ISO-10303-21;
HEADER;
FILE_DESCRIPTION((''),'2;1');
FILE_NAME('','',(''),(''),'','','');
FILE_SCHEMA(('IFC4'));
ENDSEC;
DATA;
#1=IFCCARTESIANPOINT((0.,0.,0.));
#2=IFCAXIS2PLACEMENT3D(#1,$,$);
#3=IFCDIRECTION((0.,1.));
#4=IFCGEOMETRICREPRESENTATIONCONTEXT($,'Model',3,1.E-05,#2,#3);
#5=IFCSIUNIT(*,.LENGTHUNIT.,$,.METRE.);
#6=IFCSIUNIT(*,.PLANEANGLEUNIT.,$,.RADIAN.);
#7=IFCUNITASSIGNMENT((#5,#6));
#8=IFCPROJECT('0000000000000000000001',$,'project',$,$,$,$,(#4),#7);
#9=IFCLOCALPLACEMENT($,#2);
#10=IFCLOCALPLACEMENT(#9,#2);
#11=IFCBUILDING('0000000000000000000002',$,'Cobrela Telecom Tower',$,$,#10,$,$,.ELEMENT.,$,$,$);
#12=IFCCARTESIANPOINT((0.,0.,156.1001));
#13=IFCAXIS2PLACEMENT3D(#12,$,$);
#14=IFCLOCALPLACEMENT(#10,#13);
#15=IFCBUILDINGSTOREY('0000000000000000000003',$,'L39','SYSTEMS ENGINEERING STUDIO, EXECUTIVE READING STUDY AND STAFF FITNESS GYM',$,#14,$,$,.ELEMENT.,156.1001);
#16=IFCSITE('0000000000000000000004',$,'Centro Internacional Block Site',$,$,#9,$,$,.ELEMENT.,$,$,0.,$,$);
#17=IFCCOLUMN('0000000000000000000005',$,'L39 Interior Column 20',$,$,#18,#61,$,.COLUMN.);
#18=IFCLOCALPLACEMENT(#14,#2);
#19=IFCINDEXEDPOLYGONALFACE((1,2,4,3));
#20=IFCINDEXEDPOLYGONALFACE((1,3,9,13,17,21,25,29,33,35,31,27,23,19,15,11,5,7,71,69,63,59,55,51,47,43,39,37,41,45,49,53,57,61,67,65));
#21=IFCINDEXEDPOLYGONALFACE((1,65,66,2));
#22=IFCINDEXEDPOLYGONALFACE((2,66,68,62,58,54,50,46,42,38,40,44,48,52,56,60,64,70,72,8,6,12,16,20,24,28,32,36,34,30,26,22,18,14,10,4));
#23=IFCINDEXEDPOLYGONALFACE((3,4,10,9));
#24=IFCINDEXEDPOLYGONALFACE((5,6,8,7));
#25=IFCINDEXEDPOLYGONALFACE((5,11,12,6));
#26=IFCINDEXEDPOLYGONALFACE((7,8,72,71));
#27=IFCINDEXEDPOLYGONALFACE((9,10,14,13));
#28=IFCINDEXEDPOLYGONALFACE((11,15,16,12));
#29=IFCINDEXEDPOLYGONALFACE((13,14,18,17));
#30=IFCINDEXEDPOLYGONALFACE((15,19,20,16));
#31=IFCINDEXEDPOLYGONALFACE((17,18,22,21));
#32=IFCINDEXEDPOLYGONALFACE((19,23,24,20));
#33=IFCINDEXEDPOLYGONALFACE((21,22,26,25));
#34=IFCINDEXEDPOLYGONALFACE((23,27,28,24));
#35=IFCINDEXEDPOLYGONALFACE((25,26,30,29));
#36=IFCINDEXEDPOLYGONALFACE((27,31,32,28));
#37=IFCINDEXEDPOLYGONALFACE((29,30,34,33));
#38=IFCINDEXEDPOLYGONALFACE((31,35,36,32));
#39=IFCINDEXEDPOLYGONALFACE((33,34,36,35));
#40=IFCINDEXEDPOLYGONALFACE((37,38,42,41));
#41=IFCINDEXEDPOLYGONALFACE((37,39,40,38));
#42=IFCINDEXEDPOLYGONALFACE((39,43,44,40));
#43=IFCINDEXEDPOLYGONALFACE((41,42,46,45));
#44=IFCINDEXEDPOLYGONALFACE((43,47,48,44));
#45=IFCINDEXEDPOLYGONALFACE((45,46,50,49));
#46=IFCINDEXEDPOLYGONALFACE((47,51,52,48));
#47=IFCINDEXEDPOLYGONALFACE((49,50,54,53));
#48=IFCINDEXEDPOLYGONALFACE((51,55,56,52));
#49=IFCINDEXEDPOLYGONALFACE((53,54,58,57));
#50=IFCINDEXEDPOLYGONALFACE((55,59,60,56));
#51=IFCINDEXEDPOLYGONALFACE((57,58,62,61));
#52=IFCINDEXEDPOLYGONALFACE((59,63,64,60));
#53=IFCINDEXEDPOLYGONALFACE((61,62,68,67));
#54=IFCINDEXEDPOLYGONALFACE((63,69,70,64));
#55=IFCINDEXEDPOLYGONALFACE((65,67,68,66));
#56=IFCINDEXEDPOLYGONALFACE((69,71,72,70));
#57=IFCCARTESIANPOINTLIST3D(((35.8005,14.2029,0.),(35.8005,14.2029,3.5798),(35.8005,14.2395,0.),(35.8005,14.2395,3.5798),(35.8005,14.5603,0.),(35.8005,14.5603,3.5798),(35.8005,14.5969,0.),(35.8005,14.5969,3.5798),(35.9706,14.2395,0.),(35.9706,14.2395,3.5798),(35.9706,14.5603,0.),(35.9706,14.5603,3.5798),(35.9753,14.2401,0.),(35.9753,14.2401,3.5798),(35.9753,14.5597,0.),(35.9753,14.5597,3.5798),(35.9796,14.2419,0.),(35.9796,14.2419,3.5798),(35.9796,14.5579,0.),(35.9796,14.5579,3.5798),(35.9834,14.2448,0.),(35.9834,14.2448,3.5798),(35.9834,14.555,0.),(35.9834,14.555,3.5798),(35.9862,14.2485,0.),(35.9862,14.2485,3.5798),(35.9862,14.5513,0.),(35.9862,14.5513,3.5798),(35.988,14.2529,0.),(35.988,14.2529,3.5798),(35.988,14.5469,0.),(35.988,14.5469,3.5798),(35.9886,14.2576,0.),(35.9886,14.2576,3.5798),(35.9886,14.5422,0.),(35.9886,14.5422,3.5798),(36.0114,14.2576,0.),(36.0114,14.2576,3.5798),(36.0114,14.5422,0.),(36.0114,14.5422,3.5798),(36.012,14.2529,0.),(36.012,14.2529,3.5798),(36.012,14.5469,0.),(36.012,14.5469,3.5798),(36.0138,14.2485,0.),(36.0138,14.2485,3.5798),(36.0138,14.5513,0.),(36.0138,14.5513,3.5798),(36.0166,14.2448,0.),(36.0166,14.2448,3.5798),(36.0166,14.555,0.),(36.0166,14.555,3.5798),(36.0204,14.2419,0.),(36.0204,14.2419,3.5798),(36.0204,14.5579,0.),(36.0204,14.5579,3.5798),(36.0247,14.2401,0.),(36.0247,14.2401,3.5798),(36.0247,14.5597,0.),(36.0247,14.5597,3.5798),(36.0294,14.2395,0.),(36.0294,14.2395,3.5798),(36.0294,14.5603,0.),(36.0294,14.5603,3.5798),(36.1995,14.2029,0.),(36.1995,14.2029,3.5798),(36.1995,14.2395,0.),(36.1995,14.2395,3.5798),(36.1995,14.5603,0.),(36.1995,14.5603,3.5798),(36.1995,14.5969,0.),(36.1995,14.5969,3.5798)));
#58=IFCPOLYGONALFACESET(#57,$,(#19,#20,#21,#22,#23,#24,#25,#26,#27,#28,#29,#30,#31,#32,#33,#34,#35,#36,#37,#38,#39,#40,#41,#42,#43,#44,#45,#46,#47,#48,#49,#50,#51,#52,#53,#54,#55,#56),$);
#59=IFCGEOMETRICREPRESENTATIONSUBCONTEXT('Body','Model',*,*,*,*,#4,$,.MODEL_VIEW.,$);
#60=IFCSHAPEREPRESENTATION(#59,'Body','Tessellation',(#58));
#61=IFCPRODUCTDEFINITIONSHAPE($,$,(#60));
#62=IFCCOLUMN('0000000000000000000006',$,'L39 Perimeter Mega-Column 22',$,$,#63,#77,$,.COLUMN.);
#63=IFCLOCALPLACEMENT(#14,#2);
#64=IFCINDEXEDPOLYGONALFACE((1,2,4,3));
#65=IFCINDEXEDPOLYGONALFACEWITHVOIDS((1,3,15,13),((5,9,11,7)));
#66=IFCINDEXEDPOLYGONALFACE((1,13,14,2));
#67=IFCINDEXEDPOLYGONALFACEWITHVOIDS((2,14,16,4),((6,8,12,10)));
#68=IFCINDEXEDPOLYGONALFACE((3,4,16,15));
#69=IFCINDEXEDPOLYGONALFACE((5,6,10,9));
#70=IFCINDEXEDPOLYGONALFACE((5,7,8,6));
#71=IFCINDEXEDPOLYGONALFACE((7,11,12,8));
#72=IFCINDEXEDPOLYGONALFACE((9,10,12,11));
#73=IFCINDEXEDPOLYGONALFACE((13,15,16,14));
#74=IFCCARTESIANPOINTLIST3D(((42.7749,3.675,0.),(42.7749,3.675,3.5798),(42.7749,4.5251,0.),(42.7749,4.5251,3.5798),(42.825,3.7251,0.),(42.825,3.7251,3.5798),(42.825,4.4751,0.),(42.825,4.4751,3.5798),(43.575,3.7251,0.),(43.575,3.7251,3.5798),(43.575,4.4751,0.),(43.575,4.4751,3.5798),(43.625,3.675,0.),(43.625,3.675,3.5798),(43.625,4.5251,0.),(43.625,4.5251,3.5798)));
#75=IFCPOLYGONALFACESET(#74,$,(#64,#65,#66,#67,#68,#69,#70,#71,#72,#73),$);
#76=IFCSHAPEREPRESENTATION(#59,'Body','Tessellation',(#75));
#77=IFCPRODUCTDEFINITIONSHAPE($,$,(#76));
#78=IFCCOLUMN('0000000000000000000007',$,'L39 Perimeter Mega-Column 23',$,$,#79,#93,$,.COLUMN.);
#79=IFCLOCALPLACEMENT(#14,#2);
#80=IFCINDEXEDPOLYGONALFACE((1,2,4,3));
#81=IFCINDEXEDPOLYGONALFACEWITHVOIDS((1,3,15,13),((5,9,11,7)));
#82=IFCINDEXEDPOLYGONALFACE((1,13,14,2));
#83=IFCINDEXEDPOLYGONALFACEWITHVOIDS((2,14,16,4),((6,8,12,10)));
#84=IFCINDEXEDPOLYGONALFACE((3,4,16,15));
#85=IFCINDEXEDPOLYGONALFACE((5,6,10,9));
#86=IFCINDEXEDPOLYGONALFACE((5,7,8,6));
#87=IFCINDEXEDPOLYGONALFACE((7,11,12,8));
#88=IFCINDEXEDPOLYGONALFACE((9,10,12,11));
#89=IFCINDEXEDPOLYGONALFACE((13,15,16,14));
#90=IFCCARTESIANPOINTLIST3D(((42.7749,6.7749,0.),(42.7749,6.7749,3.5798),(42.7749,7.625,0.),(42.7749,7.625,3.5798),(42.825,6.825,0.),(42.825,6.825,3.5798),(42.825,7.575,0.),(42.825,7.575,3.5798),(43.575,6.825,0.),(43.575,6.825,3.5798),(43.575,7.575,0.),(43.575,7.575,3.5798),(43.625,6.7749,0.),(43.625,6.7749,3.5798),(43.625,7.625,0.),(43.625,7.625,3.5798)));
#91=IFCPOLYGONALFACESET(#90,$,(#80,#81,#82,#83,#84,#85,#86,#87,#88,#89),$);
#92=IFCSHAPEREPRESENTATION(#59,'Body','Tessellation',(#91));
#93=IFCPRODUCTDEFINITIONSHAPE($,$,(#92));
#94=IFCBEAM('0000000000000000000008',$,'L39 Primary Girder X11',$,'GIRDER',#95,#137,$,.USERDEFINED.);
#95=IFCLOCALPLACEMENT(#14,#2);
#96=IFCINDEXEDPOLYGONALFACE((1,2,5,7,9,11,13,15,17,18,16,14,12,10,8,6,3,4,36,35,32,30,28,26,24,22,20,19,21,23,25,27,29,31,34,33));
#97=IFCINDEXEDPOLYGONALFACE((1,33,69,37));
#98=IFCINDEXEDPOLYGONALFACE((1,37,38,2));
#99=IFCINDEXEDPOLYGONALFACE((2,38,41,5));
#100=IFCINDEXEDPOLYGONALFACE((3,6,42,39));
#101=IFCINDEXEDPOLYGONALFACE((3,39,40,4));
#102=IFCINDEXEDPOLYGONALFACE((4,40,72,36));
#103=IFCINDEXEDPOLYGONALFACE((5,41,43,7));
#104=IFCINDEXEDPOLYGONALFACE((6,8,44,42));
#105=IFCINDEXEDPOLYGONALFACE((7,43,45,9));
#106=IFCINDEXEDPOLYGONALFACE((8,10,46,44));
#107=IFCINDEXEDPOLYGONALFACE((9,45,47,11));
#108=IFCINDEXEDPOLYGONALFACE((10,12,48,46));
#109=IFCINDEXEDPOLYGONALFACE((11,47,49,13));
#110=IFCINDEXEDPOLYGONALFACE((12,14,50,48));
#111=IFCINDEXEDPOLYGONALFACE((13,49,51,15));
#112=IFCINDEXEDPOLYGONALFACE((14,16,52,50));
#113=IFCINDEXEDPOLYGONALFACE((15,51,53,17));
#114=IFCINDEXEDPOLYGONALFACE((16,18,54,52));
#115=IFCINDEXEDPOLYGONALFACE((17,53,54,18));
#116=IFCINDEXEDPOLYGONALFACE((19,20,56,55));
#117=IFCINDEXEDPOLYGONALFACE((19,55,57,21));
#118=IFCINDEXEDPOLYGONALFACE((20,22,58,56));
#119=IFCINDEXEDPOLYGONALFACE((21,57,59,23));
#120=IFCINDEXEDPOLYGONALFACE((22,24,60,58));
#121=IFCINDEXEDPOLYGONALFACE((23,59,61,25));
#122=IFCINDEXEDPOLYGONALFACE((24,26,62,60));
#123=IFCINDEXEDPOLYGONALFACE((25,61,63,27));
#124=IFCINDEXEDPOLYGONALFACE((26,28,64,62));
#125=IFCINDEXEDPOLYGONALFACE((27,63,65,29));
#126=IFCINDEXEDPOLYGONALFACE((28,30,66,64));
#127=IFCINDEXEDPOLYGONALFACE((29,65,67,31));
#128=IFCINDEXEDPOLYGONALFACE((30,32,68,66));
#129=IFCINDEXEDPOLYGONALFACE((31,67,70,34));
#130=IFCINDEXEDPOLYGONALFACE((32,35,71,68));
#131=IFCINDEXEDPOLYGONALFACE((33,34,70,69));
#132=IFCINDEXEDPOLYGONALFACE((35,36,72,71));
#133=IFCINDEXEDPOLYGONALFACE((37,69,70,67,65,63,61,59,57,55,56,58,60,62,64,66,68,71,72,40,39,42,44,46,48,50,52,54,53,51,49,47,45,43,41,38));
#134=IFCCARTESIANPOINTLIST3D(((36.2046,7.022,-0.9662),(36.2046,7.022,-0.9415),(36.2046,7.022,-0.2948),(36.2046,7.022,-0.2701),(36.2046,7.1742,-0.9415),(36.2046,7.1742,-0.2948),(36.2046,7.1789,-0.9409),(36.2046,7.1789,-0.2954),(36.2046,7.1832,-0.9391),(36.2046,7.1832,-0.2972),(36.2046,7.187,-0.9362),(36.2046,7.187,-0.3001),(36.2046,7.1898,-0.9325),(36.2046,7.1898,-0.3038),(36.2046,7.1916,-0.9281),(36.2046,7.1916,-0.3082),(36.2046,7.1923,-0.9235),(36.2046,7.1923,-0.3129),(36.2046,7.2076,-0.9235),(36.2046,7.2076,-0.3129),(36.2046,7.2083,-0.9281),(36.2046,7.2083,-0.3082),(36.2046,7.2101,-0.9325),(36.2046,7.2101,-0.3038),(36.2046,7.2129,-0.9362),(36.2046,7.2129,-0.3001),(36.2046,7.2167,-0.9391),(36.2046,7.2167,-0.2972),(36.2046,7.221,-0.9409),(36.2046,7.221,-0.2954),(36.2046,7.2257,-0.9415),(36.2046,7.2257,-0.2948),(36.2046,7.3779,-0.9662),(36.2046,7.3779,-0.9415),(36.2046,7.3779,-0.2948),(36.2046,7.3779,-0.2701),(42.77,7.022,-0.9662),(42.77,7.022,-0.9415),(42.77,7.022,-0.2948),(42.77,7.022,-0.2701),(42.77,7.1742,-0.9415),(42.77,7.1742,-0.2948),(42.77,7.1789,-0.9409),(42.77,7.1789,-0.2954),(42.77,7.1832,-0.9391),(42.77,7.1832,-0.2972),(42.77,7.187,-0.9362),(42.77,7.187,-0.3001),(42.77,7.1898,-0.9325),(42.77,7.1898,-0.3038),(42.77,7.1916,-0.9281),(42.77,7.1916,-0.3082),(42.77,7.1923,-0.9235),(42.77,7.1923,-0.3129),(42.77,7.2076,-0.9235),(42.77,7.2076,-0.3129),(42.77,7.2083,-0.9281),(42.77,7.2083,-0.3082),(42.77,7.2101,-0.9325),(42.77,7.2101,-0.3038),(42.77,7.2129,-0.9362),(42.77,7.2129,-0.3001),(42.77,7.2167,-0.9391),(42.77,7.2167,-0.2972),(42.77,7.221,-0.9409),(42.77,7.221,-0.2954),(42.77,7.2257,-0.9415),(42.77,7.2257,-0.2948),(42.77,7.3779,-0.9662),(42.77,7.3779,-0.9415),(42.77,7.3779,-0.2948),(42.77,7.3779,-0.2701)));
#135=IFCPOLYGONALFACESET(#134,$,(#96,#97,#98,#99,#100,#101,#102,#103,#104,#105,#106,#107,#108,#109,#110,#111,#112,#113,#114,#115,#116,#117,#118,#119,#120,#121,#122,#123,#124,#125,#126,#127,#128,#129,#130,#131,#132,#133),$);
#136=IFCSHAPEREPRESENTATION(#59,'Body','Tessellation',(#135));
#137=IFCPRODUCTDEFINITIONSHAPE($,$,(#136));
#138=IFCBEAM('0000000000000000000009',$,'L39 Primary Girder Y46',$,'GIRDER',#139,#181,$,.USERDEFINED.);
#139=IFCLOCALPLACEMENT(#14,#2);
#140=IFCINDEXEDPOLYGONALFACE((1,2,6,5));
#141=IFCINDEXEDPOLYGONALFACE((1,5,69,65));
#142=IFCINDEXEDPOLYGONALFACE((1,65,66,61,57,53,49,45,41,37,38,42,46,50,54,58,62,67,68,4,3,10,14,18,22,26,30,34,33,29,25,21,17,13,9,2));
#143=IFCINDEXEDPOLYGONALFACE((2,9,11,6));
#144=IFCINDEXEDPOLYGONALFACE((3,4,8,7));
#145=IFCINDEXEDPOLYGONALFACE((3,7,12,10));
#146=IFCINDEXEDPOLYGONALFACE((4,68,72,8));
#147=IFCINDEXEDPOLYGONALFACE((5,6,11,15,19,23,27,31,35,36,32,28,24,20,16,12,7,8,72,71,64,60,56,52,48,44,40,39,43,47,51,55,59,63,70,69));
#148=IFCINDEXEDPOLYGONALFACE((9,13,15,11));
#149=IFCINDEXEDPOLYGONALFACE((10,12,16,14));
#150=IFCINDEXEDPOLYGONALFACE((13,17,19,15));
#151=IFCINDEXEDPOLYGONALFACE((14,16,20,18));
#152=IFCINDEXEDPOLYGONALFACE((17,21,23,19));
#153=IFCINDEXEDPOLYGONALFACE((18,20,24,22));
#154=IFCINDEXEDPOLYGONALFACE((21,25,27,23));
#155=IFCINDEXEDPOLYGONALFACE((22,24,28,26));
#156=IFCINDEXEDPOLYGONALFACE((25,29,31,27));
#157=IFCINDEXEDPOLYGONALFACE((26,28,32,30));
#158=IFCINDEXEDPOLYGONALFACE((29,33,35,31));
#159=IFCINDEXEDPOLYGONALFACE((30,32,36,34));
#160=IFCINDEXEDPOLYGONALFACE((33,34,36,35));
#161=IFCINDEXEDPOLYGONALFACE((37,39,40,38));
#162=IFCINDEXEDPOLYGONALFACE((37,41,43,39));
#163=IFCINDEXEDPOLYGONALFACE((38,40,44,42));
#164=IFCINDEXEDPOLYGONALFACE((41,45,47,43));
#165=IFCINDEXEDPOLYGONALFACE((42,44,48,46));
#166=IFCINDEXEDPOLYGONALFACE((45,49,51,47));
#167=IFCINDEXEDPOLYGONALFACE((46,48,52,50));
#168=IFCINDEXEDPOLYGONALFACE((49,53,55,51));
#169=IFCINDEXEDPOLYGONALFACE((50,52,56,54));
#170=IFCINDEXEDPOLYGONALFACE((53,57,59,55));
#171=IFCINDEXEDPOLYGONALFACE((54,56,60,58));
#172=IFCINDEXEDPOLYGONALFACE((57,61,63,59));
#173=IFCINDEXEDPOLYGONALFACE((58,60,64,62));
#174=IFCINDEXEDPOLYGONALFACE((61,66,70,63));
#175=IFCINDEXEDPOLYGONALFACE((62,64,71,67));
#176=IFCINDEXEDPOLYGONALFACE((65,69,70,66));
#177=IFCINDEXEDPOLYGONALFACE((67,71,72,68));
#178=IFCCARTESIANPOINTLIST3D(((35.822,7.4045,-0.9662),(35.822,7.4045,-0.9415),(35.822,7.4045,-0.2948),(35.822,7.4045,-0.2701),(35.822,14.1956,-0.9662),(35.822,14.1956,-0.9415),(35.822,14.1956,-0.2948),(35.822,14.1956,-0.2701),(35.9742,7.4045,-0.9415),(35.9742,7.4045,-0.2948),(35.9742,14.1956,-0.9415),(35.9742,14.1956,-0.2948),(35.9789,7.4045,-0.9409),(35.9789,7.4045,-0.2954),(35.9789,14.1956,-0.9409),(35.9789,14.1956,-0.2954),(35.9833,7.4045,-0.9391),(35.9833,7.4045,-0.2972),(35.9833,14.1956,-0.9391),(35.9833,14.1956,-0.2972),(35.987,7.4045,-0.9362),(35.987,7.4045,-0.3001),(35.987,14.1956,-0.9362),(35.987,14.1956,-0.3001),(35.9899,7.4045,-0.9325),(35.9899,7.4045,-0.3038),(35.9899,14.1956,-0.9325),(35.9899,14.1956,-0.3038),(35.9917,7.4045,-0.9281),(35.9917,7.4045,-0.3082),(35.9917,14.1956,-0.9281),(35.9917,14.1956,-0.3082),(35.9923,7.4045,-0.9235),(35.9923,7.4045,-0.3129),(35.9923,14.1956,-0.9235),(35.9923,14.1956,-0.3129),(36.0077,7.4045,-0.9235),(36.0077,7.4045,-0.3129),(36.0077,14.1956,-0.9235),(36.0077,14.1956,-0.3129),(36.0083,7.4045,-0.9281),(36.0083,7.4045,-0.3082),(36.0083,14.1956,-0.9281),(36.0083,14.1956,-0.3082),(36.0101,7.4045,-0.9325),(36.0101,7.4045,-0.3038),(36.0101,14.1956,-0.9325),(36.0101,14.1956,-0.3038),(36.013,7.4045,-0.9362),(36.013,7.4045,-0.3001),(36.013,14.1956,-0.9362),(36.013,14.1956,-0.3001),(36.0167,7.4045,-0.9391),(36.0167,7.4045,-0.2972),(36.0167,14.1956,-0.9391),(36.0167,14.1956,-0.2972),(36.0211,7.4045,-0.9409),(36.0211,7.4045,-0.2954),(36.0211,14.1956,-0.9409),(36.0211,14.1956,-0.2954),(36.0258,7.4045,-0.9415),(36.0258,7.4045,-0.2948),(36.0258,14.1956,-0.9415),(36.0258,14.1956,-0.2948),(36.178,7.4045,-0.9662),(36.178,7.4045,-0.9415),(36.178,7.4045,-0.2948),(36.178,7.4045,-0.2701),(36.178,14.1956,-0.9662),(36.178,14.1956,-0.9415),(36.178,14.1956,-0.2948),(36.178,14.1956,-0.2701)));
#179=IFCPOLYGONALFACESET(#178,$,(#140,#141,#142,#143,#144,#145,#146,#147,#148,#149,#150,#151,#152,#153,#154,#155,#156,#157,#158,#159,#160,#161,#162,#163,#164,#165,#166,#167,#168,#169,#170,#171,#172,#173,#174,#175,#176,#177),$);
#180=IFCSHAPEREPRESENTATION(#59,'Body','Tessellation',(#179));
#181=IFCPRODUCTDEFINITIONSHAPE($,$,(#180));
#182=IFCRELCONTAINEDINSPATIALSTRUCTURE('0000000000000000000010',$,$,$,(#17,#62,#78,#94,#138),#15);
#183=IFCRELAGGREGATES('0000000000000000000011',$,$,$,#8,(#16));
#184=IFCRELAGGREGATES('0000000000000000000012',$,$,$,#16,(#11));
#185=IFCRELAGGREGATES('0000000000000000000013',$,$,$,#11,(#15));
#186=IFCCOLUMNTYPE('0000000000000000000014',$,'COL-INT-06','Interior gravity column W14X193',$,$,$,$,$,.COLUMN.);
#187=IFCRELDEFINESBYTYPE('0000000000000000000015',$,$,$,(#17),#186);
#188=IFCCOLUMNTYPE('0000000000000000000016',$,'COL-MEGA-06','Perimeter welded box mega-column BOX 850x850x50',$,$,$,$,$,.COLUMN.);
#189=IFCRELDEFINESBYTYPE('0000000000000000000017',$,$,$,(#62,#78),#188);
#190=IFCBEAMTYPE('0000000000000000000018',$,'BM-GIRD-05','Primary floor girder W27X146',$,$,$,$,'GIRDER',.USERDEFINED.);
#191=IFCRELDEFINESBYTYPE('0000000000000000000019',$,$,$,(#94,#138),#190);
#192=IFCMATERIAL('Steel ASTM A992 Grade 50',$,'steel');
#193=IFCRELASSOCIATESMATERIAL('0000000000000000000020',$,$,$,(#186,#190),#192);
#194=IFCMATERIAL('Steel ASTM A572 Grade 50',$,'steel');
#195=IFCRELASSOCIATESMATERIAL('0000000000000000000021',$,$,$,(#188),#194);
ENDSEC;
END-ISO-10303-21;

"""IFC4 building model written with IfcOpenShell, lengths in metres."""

from ifc_helpers import new_model, si_unit, direction, frame, origin, origin_2d, place, context, subcontext, project, spatial, hollow_rectangle, i_section, extrude, material, material_profile, profile_set, type_object, element, save


model = new_model("IFC4")

# Units and contexts
model_context = context("Model", 3, precision=1e-05, world=origin(), true_north=direction((0.0, 1.0)))
body_context = subcontext(model_context, "Body", "Model", "MODEL_VIEW")
ifc_project = project(units=[si_unit("LENGTHUNIT", "METRE"), si_unit("PLANEANGLEUNIT", "RADIAN")], contexts=[model_context])

# Site, building, storey
site_placement = place(None, origin())
site = spatial("IfcSite", under=ifc_project, at=site_placement, Name="Centro Internacional Block Site", CompositionType="ELEMENT", RefElevation=0.0)
building_placement = place(site_placement, origin())
building = spatial("IfcBuilding", under=site, at=building_placement, Name="Cobrela Telecom Tower", CompositionType="ELEMENT")
storey_placement = place(building_placement, frame((0.0, 0.0, 156.1001)))
storey = spatial("IfcBuildingStorey", under=building, at=storey_placement, Name="L39", Description="SYSTEMS ENGINEERING STUDIO, EXECUTIVE READING STUDY AND STAFF FITNESS GYM", CompositionType="ELEMENT", Elevation=156.1001)

# Columns
ifc_material_1 = material(Name="Steel ASTM A992 Grade 50", Category="steel")
ifc_material_profile_1 = material_profile(ifc_material_1, i_section(OverallWidth=0.3989, OverallDepth=0.394, WebThickness=0.0227, FlangeThickness=0.0366, FilletRadius=0.0181, at=origin_2d()), Name="W14X193")
ifc_profile_set_1 = profile_set([ifc_material_profile_1], Name="Steel ASTM A992 Grade 50")
column_type_1 = type_object("IfcColumnType", Name="COL-INT-06", Description="Interior gravity column W14X193", PredefinedType="COLUMN", material=ifc_profile_set_1)
column_placement = place(storey_placement, frame((36.0, 14.3999, 0.0), z_axis=(0.0, 0.0, 1.0), x_axis=(1.0, 0.0, 0.0)))
element("IfcColumn", 1, at=column_placement, inside=storey, type_object=column_type_1, Name="L39 Interior Column 20", PredefinedType="COLUMN", context=body_context, shape_type="SweptSolid", body=[
    extrude(i_section(OverallWidth=0.3989, OverallDepth=0.394, WebThickness=0.0227, FlangeThickness=0.0366, FilletRadius=0.0181, at=origin_2d()), origin(), (0.0, 0.0, 1.0), 3.5798),
])
ifc_material_2 = material(Name="Steel ASTM A572 Grade 50", Category="steel")
ifc_material_profile_2 = material_profile(ifc_material_2, hollow_rectangle(XDim=0.8501, YDim=0.8501, WallThickness=0.05, at=origin_2d()), Name="BOX 850x850x50")
ifc_profile_set_2 = profile_set([ifc_material_profile_2], Name="Steel ASTM A572 Grade 50")
column_type_2 = type_object("IfcColumnType", Name="COL-MEGA-06", Description="Perimeter welded box mega-column BOX 850x850x50", PredefinedType="COLUMN", material=ifc_profile_set_2)
for number, where, z_axis, x_axis, name in (
    (2, (43.2, 4.1001, 0.0), (0.0, 0.0, 1.0), (1.0, 0.0, 0.0), "L39 Perimeter Mega-Column 22"),
    (3, (43.2, 7.2, 0.0), (0.0, 0.0, 1.0), (1.0, 0.0, 0.0), "L39 Perimeter Mega-Column 23"),
):
    element("IfcColumn", number, at=place(storey_placement, frame(where, z_axis=z_axis, x_axis=x_axis)), inside=storey, type_object=column_type_2, Name=name, PredefinedType="COLUMN", context=body_context, shape_type="SweptSolid", body=[
        extrude(hollow_rectangle(XDim=0.8501, YDim=0.8501, WallThickness=0.05, at=origin_2d()), origin(), (0.0, 0.0, 1.0), 3.5798),
    ])

# Beams
ifc_material_profile_3 = material_profile(ifc_material_1, i_section(OverallWidth=0.356, OverallDepth=0.696, WebThickness=0.0154, FlangeThickness=0.0247, FilletRadius=0.0181, at=origin_2d()), Name="W27X146")
ifc_profile_set_3 = profile_set([ifc_material_profile_3], Name="Steel ASTM A992 Grade 50")
beam_type_1 = type_object("IfcBeamType", Name="BM-GIRD-05", Description="Primary floor girder W27X146", ElementType="GIRDER", PredefinedType="USERDEFINED", material=ifc_profile_set_3)
beam_1_placement = place(storey_placement, frame((36.2046, 7.2, -0.6182), z_axis=(1.0, 0.0, 0.0), x_axis=(0.0, 1.0, 0.0)))
element("IfcBeam", 4, at=beam_1_placement, inside=storey, type_object=beam_type_1, Name="L39 Primary Girder X11", ObjectType="GIRDER", PredefinedType="USERDEFINED", context=body_context, shape_type="SweptSolid", body=[
    extrude(i_section(OverallWidth=0.356, OverallDepth=0.696, WebThickness=0.0154, FlangeThickness=0.0247, FilletRadius=0.0181, at=origin_2d()), origin(), (0.0, 0.0, 1.0), 6.5654),
])
beam_2_placement = place(storey_placement, frame((36.0, 7.4045, -0.6182), z_axis=(0.0, 1.0, 0.0), x_axis=(-1.0, 0.0, 0.0)))
element("IfcBeam", 5, at=beam_2_placement, inside=storey, type_object=beam_type_1, Name="L39 Primary Girder Y46", ObjectType="GIRDER", PredefinedType="USERDEFINED", context=body_context, shape_type="SweptSolid", body=[
    extrude(i_section(OverallWidth=0.356, OverallDepth=0.696, WebThickness=0.0154, FlangeThickness=0.0247, FilletRadius=0.0181, at=origin_2d()), origin(), (0.0, 0.0, 1.0), 6.791),
])

save(model, "model.ifc")
